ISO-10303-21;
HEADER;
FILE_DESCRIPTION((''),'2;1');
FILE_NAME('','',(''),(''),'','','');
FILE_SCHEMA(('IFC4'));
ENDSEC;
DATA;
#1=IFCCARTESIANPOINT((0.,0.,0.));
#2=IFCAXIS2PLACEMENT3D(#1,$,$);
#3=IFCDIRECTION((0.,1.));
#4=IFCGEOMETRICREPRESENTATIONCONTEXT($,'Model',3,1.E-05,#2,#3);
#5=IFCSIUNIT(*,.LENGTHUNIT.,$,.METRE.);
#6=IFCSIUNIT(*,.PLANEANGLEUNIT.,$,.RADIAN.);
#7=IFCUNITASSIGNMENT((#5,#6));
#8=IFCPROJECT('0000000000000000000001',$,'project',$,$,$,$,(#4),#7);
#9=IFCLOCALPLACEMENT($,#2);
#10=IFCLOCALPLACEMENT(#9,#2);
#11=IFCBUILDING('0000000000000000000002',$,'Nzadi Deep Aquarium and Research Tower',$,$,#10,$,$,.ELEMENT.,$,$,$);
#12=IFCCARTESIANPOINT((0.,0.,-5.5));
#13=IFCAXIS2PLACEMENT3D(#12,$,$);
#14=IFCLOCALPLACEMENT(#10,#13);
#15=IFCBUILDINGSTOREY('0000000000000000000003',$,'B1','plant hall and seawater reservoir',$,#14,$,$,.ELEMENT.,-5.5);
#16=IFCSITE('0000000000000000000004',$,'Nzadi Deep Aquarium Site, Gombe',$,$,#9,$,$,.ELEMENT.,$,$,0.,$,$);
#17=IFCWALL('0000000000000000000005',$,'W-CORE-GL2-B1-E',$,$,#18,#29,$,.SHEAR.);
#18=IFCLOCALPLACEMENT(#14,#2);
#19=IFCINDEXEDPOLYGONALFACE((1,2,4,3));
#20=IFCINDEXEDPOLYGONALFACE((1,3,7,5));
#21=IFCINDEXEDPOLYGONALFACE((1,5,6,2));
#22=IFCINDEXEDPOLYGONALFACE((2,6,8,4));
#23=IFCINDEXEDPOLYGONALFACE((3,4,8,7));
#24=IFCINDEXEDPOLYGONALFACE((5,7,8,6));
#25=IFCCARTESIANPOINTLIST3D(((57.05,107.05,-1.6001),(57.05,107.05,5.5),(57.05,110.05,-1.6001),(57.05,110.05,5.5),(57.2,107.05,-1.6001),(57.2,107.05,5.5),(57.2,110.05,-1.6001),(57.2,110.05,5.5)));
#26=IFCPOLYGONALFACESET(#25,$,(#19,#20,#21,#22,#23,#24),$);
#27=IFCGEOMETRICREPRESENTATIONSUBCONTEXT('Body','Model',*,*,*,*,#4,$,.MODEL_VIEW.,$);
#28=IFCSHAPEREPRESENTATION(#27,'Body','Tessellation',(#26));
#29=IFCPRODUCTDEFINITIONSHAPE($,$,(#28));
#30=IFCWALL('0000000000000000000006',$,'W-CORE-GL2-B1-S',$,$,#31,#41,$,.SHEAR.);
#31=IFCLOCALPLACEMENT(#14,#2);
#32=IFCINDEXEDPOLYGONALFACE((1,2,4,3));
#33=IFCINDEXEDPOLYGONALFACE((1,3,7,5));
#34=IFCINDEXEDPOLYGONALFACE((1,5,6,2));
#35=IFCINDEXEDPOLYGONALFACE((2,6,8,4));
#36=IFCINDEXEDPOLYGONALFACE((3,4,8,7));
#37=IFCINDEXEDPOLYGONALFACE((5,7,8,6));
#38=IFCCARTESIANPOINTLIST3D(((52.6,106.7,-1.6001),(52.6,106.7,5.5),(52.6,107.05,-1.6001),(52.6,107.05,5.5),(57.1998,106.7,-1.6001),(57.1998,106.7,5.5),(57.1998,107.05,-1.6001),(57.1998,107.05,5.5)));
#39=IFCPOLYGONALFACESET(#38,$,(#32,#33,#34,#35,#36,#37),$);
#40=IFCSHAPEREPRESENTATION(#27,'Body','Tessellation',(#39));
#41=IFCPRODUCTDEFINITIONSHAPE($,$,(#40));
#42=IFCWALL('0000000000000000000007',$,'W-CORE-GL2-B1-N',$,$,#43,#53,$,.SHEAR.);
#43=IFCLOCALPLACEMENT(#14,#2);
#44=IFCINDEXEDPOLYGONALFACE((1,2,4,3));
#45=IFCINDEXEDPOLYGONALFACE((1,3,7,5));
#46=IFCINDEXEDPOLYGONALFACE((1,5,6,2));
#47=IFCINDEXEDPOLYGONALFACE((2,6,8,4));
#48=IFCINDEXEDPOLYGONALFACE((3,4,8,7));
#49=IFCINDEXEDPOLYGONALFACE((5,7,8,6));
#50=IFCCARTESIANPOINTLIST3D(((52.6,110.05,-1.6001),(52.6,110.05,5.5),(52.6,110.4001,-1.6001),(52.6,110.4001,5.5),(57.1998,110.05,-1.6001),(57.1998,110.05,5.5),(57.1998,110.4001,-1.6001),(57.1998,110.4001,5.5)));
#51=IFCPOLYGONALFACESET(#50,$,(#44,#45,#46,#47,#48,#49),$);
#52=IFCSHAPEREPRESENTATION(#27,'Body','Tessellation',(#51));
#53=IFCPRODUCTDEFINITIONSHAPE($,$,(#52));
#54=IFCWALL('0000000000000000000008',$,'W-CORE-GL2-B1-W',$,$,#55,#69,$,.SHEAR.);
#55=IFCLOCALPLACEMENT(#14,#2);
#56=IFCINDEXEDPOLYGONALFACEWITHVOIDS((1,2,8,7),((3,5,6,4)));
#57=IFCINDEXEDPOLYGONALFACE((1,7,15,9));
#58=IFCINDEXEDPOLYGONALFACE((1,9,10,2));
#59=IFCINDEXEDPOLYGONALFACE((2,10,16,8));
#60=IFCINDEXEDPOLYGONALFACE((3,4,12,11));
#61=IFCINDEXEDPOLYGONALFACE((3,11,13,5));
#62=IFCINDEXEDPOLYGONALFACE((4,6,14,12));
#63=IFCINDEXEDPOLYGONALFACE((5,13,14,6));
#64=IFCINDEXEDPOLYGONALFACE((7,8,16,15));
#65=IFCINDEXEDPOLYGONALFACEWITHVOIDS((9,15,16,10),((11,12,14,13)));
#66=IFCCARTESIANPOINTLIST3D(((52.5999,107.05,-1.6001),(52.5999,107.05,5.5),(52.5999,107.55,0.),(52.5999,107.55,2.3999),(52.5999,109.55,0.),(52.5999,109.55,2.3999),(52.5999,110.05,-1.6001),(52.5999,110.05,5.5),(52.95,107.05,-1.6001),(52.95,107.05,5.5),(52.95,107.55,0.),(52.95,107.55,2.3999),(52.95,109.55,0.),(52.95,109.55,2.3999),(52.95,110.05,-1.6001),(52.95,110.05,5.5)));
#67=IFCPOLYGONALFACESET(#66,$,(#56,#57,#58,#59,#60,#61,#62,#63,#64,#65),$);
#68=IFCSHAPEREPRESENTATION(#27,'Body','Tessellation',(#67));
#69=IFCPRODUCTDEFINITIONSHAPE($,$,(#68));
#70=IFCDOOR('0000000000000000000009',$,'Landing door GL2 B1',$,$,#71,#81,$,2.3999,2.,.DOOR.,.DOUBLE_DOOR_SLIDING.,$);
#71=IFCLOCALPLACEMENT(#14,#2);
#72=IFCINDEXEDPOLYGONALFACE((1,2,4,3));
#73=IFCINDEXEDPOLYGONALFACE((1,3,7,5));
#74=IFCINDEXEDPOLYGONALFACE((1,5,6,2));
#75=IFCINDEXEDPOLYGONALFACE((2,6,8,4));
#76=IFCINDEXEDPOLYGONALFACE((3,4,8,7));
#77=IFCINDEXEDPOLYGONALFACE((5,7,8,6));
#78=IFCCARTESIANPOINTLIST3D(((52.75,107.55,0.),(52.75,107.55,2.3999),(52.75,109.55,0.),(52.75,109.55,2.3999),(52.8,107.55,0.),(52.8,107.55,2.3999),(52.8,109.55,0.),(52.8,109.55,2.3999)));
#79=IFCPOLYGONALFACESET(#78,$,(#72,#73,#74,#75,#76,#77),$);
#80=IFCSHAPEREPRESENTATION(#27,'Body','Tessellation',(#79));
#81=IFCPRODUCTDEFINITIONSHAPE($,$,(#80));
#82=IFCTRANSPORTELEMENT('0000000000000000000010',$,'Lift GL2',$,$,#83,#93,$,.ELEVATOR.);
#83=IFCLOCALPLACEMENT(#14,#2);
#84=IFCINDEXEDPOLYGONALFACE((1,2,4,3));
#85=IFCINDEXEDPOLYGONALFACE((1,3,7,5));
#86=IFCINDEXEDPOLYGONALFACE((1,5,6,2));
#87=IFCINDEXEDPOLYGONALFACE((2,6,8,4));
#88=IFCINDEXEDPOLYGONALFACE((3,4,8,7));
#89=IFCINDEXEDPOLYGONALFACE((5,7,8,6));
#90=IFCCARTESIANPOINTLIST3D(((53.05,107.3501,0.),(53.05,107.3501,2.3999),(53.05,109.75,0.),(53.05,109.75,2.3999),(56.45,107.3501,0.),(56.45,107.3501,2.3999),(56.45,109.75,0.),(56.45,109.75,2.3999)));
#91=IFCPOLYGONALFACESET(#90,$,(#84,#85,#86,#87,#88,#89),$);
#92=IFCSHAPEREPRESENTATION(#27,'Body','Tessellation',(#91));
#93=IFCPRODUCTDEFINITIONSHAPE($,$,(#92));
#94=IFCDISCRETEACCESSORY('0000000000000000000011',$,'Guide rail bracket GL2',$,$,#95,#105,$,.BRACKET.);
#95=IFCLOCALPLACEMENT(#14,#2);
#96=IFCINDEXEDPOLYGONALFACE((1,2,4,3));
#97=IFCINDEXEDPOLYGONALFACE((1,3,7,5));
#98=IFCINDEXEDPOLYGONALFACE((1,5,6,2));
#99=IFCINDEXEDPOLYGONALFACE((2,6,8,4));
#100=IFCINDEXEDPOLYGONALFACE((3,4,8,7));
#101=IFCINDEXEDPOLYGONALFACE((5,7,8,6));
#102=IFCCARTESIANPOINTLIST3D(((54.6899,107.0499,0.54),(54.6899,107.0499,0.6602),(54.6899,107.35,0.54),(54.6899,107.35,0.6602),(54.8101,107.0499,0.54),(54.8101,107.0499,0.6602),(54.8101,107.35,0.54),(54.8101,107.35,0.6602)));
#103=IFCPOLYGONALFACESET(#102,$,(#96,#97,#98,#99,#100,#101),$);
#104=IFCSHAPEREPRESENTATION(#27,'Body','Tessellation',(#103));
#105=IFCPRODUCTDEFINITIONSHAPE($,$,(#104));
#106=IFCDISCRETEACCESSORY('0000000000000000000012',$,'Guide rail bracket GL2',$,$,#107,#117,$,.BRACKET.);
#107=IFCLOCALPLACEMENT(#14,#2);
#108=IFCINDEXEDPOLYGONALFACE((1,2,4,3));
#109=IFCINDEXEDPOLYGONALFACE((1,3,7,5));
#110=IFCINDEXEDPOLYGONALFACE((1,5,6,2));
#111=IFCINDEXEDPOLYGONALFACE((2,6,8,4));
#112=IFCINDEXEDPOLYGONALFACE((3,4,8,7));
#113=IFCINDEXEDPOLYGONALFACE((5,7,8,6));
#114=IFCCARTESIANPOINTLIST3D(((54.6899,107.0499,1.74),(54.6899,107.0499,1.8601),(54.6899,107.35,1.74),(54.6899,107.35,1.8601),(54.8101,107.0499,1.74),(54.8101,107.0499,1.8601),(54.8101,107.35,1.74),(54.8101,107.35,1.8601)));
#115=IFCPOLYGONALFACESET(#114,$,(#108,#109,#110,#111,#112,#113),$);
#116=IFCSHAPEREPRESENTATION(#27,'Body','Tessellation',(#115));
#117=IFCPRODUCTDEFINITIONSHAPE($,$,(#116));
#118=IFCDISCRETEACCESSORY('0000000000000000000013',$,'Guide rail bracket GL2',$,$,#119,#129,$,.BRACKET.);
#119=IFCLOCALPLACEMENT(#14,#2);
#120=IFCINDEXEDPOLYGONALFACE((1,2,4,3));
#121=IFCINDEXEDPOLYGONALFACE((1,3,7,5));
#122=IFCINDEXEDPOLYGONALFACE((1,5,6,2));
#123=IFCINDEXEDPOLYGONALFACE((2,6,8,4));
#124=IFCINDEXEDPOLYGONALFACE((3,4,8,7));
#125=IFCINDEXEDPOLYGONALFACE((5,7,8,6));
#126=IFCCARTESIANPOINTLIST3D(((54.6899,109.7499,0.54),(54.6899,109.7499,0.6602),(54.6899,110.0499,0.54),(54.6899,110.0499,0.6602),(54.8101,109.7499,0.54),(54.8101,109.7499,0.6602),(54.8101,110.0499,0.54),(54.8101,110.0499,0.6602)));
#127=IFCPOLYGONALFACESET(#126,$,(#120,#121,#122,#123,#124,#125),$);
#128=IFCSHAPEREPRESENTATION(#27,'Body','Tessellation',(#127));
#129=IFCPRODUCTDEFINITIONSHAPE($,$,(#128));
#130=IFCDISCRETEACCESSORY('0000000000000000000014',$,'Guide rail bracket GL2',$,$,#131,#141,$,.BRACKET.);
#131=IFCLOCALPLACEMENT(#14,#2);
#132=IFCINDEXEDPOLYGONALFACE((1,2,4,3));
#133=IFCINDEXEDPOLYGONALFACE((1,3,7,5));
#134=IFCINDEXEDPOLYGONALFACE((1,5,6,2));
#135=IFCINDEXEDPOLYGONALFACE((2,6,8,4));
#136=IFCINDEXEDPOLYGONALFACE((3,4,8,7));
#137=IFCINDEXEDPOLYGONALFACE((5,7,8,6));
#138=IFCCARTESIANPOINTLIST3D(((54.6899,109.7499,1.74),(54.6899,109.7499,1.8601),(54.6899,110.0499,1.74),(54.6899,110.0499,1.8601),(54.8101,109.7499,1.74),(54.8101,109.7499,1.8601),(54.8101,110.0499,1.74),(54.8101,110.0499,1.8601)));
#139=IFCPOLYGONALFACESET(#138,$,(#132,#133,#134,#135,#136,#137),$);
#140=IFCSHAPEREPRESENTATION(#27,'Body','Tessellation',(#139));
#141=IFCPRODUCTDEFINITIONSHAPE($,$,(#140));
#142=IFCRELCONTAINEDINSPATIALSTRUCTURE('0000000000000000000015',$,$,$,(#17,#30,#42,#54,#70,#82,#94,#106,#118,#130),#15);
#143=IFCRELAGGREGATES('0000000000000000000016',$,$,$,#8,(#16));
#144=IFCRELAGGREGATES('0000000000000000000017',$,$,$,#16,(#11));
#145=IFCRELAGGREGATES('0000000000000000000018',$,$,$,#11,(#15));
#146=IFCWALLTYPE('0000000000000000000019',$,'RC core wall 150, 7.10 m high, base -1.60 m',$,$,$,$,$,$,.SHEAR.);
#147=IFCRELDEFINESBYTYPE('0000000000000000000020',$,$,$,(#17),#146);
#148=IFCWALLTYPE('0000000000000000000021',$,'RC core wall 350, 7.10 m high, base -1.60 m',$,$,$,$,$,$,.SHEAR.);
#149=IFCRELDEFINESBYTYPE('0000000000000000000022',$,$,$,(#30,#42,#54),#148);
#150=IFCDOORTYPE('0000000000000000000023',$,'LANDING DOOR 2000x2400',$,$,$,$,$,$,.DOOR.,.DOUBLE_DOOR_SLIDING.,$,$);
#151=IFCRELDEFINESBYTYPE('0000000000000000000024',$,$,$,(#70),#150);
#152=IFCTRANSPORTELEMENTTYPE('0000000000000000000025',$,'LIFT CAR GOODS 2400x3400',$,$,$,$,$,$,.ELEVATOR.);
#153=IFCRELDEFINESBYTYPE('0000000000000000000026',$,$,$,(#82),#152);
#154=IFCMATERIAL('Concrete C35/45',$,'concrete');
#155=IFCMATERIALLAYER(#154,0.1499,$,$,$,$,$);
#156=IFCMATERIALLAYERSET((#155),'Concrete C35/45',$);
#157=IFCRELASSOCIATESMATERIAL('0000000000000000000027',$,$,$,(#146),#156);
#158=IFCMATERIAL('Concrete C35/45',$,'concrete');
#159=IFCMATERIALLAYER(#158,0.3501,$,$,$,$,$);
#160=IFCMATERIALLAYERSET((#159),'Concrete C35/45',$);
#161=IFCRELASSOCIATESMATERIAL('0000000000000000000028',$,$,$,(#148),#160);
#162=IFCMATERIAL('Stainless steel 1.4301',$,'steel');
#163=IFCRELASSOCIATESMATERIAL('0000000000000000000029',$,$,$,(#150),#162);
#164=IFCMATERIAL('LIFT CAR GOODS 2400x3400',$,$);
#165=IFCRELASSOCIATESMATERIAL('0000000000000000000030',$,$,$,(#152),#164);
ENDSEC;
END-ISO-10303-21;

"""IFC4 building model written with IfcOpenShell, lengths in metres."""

from ifc_helpers import new_model, si_unit, direction, frame, frame_2d, origin, origin_2d, place, context, subcontext, project, spatial, rectangle, extrude, material, layer, layer_set, type_object, element, fill, save


model = new_model("IFC4")

# Units and contexts
model_context = context("Model", 3, precision=1e-05, world=origin(), true_north=direction((0.0, 1.0)))
body_context = subcontext(model_context, "Body", "Model", "MODEL_VIEW")
ifc_project = project(units=[si_unit("LENGTHUNIT", "METRE"), si_unit("PLANEANGLEUNIT", "RADIAN")], contexts=[model_context])

# Site, building, storey
site_placement = place(None, origin())
site = spatial("IfcSite", under=ifc_project, at=site_placement, Name="Nzadi Deep Aquarium Site, Gombe", CompositionType="ELEMENT", RefElevation=0.0)
building_placement = place(site_placement, origin())
building = spatial("IfcBuilding", under=site, at=building_placement, Name="Nzadi Deep Aquarium and Research Tower", CompositionType="ELEMENT")
storey_placement = place(building_placement, frame((0.0, 0.0, -5.5)))
storey = spatial("IfcBuildingStorey", under=building, at=storey_placement, Name="B1", Description="plant hall and seawater reservoir", CompositionType="ELEMENT", Elevation=-5.5)

# Walls
ifc_material_1 = material(Name="Concrete C35/45", Category="concrete")
ifc_layer_1 = layer(ifc_material_1, 0.1499)
ifc_layer_set_1 = layer_set([ifc_layer_1], Name="Concrete C35/45")
wall_type_1 = type_object("IfcWallType", Name="RC core wall 150, 7.10 m high, base -1.60 m", PredefinedType="SHEAR", material=ifc_layer_set_1)
wall_1_placement = place(storey_placement, frame((57.125, 107.05, -1.6001), z_axis=(0.0, 0.0, 1.0), x_axis=(0.0, 1.0, 0.0)))
element("IfcWall", 1, at=wall_1_placement, inside=storey, type_object=wall_type_1, Name="W-CORE-GL2-B1-E", PredefinedType="SHEAR", context=body_context, shape_type="SweptSolid", body=[
    extrude(rectangle(XDim=3.0, YDim=0.1499, at=frame_2d((1.5, 0.0))), origin(), (0.0, 0.0, 1.0), 7.1001),
])
ifc_material_2 = material(Name="Concrete C35/45", Category="concrete")
ifc_layer_2 = layer(ifc_material_2, 0.3501)
ifc_layer_set_2 = layer_set([ifc_layer_2], Name="Concrete C35/45")
wall_type_2 = type_object("IfcWallType", Name="RC core wall 350, 7.10 m high, base -1.60 m", PredefinedType="SHEAR", material=ifc_layer_set_2)
for number, where, z_axis, x_axis, name in (
    (2, (52.6001, 106.875, -1.6001), (0.0, 0.0, 1.0), (1.0, 0.0, 0.0), "W-CORE-GL2-B1-S"),
    (3, (52.6001, 110.2251, -1.6001), (0.0, 0.0, 1.0), (1.0, 0.0, 0.0), "W-CORE-GL2-B1-N"),
):
    element("IfcWall", number, at=place(storey_placement, frame(where, z_axis=z_axis, x_axis=x_axis)), inside=storey, type_object=wall_type_2, Name=name, PredefinedType="SHEAR", context=body_context, shape_type="SweptSolid", body=[
        extrude(rectangle(XDim=4.5999, YDim=0.3501, at=frame_2d((2.2998, 0.0))), origin(), (0.0, 0.0, 1.0), 7.1001),
    ])

# Wall, opening, door
wall_2_placement = place(storey_placement, frame((52.7749, 107.05, -1.6001), z_axis=(0.0, 0.0, 1.0), x_axis=(0.0, 1.0, 0.0)))
wall_2 = element("IfcWall", 4, at=wall_2_placement, inside=storey, type_object=wall_type_2, Name="W-CORE-GL2-B1-W", PredefinedType="SHEAR", context=body_context, shape_type="SweptSolid", body=[
    extrude(rectangle(XDim=3.0, YDim=0.3501, at=frame_2d((1.5, 0.0))), origin(), (0.0, 0.0, 1.0), 7.1001),
])
opening_1_placement = place(wall_2_placement, frame((0.5, 0.0, 1.6001)))
opening_1 = element("IfcOpeningElement", 5, at=opening_1_placement, cuts=wall_2, PredefinedType="OPENING", context=body_context, shape_type="SweptSolid", body=[
    extrude(rectangle(XDim=2.0, YDim=2.3999, at=frame_2d((1.0, 1.2))), frame((0.0, 0.1851, 0.0), z_axis=(0.0, -1.0, 0.0), x_axis=(1.0, 0.0, 0.0)), (0.0, 0.0, 1.0), 0.3701),
])
ifc_material_3 = material(Name="Stainless steel 1.4301", Category="steel")
door_type_1 = type_object("IfcDoorType", Name="LANDING DOOR 2000x2400", OperationType="DOUBLE_DOOR_SLIDING", PredefinedType="DOOR", material=ifc_material_3)
door_1_placement = place(opening_1_placement, origin())
door_1 = element("IfcDoor", 6, at=door_1_placement, inside=storey, type_object=door_type_1, Name="Landing door GL2 B1", OperationType="DOUBLE_DOOR_SLIDING", OverallHeight=2.3999, OverallWidth=2.0, PredefinedType="DOOR", context=body_context, shape_type="SweptSolid", body=[
    extrude(rectangle(XDim=2.0, YDim=2.3999, at=frame_2d((1.0, 1.2))), frame((0.0, 0.0249, 0.0), z_axis=(0.0, -1.0, 0.0), x_axis=(1.0, 0.0, 0.0)), (0.0, 0.0, 1.0), 0.05),
])
fill(opening_1, door_1)

# Transport element
ifc_material_4 = material(Name="LIFT CAR GOODS 2400x3400")
transport_element_type = type_object("IfcTransportElementType", Name="LIFT CAR GOODS 2400x3400", PredefinedType="ELEVATOR", material=ifc_material_4)
transport_element_placement = place(storey_placement, frame((54.75, 108.55, 0.0), z_axis=(0.0, 0.0, 1.0), x_axis=(1.0, 0.0, 0.0)))
element("IfcTransportElement", 7, at=transport_element_placement, inside=storey, type_object=transport_element_type, Name="Lift GL2", PredefinedType="ELEVATOR", context=body_context, shape_type="SweptSolid", body=[
    extrude(rectangle(XDim=3.3999, YDim=2.3999, at=origin_2d()), origin(), (0.0, 0.0, 1.0), 2.3999),
])

# Discrete accessories
for number, where, z_axis, x_axis, name in (
    (8, (54.75, 107.2, 0.54), (0.0, 0.0, 1.0), (1.0, 0.0, 0.0), "Guide rail bracket GL2"),
    (9, (54.75, 107.2, 1.74), (0.0, 0.0, 1.0), (1.0, 0.0, 0.0), "Guide rail bracket GL2"),
    (10, (54.75, 109.8999, 0.54), (0.0, 0.0, 1.0), (1.0, 0.0, 0.0), "Guide rail bracket GL2"),
    (11, (54.75, 109.8999, 1.74), (0.0, 0.0, 1.0), (1.0, 0.0, 0.0), "Guide rail bracket GL2"),
):
    element("IfcDiscreteAccessory", number, at=place(storey_placement, frame(where, z_axis=z_axis, x_axis=x_axis)), inside=storey, Name=name, PredefinedType="BRACKET", context=body_context, shape_type="SweptSolid", body=[
        extrude(rectangle(XDim=0.1201, YDim=0.3, at=origin_2d()), origin(), (0.0, 0.0, 1.0), 0.1201),
    ])

save(model, "model.ifc")
